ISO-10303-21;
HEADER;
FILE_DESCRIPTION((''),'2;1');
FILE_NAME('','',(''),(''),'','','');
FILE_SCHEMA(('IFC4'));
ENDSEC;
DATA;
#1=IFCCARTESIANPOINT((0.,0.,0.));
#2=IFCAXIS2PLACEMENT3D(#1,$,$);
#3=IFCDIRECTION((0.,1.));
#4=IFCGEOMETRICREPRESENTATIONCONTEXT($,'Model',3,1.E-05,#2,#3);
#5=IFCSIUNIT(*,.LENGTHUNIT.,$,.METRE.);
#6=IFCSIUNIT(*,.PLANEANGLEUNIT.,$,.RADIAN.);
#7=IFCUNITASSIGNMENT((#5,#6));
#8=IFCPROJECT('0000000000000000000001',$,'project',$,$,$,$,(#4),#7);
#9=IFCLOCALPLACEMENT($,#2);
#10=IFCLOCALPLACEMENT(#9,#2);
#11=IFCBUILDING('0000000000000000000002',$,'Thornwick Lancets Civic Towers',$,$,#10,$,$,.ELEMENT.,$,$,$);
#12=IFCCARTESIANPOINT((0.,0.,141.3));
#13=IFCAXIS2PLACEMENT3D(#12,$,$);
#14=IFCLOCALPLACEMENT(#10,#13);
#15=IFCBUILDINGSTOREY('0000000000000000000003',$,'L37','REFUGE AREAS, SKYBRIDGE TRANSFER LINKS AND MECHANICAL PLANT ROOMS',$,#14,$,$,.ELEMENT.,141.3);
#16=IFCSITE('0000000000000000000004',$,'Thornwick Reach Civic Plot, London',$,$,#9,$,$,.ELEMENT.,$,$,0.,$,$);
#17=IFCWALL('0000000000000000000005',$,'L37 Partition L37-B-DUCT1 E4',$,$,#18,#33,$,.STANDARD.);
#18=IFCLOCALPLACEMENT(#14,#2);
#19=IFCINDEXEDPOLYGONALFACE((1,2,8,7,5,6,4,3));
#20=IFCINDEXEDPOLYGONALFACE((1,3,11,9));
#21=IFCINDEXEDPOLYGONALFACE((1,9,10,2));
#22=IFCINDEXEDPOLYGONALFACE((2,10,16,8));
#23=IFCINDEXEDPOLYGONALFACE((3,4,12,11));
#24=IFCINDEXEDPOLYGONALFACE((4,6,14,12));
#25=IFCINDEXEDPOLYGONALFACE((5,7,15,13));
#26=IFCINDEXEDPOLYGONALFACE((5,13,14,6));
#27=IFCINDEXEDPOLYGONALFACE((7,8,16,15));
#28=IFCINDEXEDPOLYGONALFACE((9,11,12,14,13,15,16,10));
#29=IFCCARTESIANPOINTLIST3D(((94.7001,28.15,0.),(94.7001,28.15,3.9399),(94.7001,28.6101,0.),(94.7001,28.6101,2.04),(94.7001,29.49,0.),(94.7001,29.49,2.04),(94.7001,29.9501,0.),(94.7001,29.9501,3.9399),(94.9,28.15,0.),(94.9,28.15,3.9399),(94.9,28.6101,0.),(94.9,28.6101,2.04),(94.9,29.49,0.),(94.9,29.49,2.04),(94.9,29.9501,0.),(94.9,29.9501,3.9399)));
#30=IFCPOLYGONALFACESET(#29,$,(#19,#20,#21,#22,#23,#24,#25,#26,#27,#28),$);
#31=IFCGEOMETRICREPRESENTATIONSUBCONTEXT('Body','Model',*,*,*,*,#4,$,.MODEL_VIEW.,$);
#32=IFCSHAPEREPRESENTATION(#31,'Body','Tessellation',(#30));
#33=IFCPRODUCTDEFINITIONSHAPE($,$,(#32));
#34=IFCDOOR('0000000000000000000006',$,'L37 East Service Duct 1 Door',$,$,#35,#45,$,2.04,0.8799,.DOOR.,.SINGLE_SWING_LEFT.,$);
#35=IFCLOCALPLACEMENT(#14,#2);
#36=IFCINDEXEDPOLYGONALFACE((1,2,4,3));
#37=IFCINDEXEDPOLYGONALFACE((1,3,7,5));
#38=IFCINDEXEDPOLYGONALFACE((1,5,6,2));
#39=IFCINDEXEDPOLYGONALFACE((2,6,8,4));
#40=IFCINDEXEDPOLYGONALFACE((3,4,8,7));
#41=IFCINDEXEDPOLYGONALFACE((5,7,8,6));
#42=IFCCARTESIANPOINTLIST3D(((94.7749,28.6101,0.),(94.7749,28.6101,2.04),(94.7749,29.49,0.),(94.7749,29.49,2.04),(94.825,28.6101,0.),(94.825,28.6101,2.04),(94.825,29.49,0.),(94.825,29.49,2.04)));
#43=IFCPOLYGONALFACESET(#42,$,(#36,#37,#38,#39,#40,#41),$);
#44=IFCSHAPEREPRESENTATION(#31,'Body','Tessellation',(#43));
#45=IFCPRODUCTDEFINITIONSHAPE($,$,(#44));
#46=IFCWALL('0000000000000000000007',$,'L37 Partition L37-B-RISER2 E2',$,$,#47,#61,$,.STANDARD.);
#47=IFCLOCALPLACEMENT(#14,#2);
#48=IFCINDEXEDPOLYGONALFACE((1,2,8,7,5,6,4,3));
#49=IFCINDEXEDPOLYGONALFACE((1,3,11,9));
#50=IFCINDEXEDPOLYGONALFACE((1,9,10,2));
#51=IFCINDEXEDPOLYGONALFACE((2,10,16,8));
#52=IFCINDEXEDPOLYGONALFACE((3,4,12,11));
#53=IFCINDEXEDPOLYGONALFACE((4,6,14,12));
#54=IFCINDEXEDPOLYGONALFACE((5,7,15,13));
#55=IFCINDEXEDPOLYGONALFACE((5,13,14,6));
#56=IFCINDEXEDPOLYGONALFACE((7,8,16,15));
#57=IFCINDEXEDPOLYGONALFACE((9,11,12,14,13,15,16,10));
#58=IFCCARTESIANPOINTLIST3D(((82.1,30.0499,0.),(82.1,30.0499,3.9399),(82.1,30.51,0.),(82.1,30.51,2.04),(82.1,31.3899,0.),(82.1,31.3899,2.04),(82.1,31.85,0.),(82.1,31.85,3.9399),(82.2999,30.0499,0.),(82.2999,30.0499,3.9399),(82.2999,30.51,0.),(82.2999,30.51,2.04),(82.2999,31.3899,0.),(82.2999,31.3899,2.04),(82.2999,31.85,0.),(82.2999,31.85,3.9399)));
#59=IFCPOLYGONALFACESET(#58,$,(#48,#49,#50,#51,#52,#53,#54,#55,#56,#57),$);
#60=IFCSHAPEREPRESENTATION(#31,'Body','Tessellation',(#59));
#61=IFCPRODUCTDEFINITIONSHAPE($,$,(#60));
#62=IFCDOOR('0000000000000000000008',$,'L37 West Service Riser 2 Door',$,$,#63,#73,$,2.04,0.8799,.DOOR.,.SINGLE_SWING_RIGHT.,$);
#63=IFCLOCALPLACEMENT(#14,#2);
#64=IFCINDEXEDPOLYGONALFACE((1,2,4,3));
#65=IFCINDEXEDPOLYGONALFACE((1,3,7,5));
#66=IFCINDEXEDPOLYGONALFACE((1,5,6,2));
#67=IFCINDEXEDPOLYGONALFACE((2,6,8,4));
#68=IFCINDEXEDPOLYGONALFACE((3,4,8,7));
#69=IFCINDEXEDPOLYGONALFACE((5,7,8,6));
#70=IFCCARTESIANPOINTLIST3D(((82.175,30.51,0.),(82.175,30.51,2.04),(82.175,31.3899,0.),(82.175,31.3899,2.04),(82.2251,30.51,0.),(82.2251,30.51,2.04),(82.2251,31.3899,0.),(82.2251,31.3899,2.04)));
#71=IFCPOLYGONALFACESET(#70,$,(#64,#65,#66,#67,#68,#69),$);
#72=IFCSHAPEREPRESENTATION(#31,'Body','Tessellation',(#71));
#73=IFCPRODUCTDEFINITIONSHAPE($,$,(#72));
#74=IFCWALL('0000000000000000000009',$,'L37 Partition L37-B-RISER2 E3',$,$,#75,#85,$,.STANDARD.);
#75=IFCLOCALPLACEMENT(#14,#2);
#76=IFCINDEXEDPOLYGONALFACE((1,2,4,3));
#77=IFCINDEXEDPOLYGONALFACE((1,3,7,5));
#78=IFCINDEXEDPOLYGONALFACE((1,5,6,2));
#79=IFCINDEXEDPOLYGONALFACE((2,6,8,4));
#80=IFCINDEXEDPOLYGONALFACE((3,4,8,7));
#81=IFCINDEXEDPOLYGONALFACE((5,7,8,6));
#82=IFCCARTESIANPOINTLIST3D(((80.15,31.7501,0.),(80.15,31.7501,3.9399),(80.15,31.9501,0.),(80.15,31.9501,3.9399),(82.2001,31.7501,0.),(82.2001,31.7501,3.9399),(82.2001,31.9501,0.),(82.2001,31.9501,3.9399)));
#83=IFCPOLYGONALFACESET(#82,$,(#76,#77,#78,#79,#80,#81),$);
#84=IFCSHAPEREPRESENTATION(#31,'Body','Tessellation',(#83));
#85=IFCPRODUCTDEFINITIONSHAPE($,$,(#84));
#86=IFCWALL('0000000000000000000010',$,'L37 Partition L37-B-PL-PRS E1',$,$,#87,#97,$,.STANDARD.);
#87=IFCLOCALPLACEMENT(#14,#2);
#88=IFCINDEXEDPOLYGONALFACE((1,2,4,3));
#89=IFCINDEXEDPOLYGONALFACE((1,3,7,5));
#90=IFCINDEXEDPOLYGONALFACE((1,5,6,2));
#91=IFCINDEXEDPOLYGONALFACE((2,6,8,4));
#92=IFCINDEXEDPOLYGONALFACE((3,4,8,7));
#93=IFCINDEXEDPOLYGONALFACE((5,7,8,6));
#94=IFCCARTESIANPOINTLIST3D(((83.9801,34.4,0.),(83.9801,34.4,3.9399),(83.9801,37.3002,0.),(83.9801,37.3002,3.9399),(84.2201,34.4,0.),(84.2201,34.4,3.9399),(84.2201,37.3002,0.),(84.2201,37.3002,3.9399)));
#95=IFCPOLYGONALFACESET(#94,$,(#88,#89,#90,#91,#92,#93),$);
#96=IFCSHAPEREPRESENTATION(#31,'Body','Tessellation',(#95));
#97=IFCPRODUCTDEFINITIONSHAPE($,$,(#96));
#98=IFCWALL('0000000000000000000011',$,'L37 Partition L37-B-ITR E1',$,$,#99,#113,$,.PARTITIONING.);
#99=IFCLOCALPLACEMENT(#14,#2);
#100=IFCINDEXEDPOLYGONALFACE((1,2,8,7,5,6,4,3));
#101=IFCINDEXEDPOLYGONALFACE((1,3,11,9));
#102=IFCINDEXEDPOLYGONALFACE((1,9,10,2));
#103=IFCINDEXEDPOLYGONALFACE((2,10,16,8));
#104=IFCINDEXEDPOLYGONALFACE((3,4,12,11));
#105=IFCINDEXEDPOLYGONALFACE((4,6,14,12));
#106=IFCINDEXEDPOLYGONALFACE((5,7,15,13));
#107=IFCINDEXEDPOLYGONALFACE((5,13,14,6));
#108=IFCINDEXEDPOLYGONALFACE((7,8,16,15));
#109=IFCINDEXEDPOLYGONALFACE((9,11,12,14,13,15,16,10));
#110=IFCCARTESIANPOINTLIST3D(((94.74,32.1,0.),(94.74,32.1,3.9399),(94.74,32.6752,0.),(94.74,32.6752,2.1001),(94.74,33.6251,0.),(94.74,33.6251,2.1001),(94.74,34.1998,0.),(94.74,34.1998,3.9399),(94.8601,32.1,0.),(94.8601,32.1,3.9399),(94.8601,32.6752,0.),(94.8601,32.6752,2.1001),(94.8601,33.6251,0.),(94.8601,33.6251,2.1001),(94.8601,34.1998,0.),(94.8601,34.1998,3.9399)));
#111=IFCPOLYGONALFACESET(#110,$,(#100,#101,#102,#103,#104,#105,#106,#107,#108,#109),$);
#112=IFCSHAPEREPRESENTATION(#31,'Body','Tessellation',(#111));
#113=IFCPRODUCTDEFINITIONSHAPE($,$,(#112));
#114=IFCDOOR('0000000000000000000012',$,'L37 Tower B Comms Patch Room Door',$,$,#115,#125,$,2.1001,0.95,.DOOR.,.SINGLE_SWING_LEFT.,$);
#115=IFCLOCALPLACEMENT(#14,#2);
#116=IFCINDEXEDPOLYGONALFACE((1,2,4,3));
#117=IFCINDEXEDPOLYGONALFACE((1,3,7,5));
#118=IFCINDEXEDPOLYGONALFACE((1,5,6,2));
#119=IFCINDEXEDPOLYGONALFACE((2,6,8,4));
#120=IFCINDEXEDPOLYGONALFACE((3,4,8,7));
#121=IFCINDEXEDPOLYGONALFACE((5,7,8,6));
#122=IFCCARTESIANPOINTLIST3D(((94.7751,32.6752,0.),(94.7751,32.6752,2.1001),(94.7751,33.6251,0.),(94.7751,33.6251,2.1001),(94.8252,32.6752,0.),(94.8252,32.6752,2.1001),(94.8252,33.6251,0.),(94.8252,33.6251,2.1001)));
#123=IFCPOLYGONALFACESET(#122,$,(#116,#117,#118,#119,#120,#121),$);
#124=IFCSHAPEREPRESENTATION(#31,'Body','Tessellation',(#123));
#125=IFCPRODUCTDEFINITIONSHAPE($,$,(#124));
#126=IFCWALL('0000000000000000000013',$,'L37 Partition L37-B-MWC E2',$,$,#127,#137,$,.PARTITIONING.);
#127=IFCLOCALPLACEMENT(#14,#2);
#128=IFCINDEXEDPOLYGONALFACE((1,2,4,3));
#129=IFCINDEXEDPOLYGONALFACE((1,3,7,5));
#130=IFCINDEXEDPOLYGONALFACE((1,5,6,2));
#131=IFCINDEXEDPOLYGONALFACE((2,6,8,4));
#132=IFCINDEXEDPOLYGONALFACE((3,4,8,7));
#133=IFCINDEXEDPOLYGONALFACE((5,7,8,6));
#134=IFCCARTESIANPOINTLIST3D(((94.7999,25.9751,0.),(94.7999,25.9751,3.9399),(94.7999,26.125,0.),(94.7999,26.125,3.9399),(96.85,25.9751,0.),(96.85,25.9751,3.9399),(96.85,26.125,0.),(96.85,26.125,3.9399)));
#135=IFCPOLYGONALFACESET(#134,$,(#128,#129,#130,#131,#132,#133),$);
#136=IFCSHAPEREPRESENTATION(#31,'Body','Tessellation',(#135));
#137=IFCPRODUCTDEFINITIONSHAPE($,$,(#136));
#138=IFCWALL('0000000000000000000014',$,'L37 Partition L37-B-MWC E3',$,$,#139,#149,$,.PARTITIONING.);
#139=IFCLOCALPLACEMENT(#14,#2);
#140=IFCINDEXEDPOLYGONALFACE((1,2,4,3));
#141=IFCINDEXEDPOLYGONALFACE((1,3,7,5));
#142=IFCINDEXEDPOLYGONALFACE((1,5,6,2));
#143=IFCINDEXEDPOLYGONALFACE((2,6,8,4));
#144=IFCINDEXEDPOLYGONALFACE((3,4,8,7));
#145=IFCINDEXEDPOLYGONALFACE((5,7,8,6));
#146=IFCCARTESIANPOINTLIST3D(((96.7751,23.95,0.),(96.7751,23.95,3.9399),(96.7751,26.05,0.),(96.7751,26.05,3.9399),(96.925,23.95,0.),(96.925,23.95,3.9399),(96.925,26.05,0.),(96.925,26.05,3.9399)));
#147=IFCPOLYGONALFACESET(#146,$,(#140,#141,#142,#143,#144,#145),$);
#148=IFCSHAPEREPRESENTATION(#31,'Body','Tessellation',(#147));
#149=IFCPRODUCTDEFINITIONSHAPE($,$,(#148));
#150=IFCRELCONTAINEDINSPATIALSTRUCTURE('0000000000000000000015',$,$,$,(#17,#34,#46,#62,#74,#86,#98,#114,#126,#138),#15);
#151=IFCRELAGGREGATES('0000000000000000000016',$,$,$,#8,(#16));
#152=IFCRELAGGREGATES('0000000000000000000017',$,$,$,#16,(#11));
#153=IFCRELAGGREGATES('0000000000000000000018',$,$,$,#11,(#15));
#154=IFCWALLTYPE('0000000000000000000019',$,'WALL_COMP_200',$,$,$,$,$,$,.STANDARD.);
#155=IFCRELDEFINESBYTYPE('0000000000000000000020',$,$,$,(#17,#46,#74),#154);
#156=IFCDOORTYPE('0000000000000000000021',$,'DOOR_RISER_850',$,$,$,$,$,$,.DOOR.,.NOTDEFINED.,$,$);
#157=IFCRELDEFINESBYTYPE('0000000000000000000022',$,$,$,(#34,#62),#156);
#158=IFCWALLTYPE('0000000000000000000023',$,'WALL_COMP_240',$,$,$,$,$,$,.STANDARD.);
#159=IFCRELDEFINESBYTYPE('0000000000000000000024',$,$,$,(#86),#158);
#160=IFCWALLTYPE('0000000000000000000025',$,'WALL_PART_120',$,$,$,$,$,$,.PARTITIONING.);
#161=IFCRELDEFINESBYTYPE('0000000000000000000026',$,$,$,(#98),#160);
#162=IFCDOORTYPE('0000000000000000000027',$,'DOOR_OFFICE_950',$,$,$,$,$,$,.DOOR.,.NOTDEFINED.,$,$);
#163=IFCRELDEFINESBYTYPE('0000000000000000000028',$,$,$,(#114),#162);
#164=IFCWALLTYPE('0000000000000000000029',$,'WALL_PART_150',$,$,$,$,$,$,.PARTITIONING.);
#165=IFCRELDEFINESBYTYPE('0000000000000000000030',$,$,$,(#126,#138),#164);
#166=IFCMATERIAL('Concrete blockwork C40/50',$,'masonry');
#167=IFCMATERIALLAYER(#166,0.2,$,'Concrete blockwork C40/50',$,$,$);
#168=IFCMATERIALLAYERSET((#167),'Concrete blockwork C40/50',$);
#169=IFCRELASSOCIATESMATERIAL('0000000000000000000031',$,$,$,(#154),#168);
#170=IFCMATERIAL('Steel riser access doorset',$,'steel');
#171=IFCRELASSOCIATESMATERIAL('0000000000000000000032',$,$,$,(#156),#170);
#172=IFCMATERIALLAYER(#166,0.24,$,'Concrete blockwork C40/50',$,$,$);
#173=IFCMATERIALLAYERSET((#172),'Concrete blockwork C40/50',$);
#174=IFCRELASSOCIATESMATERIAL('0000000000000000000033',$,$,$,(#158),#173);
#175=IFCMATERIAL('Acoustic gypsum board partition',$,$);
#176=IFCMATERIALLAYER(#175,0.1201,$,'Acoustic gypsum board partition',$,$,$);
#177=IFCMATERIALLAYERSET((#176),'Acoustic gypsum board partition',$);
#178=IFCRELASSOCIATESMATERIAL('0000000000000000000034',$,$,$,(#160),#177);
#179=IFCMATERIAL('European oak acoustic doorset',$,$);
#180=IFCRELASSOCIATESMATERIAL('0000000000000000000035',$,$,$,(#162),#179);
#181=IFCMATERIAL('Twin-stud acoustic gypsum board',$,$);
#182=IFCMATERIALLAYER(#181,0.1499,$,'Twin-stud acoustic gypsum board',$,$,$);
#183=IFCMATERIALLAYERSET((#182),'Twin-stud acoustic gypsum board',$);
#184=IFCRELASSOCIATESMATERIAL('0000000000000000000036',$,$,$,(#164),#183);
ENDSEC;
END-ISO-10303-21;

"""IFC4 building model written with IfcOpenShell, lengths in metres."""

from ifc_helpers import new_model, si_unit, direction, frame, frame_2d, origin, place, context, subcontext, project, spatial, rectangle, extrude, material, layer, layer_set, type_object, element, fill, save


model = new_model("IFC4")

# Units and contexts
model_context = context("Model", 3, precision=1e-05, world=origin(), true_north=direction((0.0, 1.0)))
body_context = subcontext(model_context, "Body", "Model", "MODEL_VIEW")
ifc_project = project(units=[si_unit("LENGTHUNIT", "METRE"), si_unit("PLANEANGLEUNIT", "RADIAN")], contexts=[model_context])

# Site, building, storey
site_placement = place(None, origin())
site = spatial("IfcSite", under=ifc_project, at=site_placement, Name="Thornwick Reach Civic Plot, London", CompositionType="ELEMENT", RefElevation=0.0)
building_placement = place(site_placement, origin())
building = spatial("IfcBuilding", under=site, at=building_placement, Name="Thornwick Lancets Civic Towers", CompositionType="ELEMENT")
storey_placement = place(building_placement, frame((0.0, 0.0, 141.3)))
storey = spatial("IfcBuildingStorey", under=building, at=storey_placement, Name="L37", Description="REFUGE AREAS, SKYBRIDGE TRANSFER LINKS AND MECHANICAL PLANT ROOMS", CompositionType="ELEMENT", Elevation=141.3)

# Shared definitions
ifc_material_1 = material(Name="Concrete blockwork C40/50", Category="masonry")
ifc_layer_1 = layer(ifc_material_1, 0.2, Name="Concrete blockwork C40/50")
ifc_layer_set_1 = layer_set([ifc_layer_1], Name="Concrete blockwork C40/50")
wall_type_1 = type_object("IfcWallType", Name="WALL_COMP_200", PredefinedType="STANDARD", material=ifc_layer_set_1)

# Walls, openings, doors
wall_1_placement = place(storey_placement, frame((94.8, 29.95, 0.0), z_axis=(0.0, 0.0, 1.0), x_axis=(0.0, -1.0, 0.0)))
wall_1 = element("IfcWall", 1, at=wall_1_placement, inside=storey, type_object=wall_type_1, Name="L37 Partition L37-B-DUCT1 E4", PredefinedType="STANDARD", context=body_context, shape_type="SweptSolid", body=[
    extrude(rectangle(XDim=1.8, YDim=0.2, at=frame_2d((0.8999, 0.0))), origin(), (0.0, 0.0, 1.0), 3.9399),
])
opening_1_placement = place(wall_1_placement, frame((0.46, 0.0, 0.0)))
opening_1 = element("IfcOpeningElement", 2, at=opening_1_placement, cuts=wall_1, PredefinedType="OPENING", context=body_context, shape_type="SweptSolid", body=[
    extrude(rectangle(XDim=0.8799, YDim=2.04, at=frame_2d((0.4399, 1.02))), frame((0.0, 0.1099, 0.0), z_axis=(0.0, -1.0, 0.0), x_axis=(1.0, 0.0, 0.0)), (0.0, 0.0, 1.0), 0.22),
])
ifc_material_2 = material(Name="Steel riser access doorset", Category="steel")
door_type_1 = type_object("IfcDoorType", Name="DOOR_RISER_850", OperationType="NOTDEFINED", PredefinedType="DOOR", material=ifc_material_2)
door_1_placement = place(opening_1_placement, origin())
door_1 = element("IfcDoor", 3, at=door_1_placement, inside=storey, type_object=door_type_1, Name="L37 East Service Duct 1 Door", OperationType="SINGLE_SWING_LEFT", OverallHeight=2.04, OverallWidth=0.8799, PredefinedType="DOOR", context=body_context, shape_type="SweptSolid", body=[
    extrude(rectangle(XDim=0.8799, YDim=2.04, at=frame_2d((0.4399, 1.02))), frame((0.0, 0.0249, 0.0), z_axis=(0.0, -1.0, 0.0), x_axis=(1.0, 0.0, 0.0)), (0.0, 0.0, 1.0), 0.05),
])
fill(opening_1, door_1)
wall_2_placement = place(storey_placement, frame((82.2, 30.05, 0.0), z_axis=(0.0, 0.0, 1.0), x_axis=(0.0, 1.0, 0.0)))
wall_2 = element("IfcWall", 4, at=wall_2_placement, inside=storey, type_object=wall_type_1, Name="L37 Partition L37-B-RISER2 E2", PredefinedType="STANDARD", context=body_context, shape_type="SweptSolid", body=[
    extrude(rectangle(XDim=1.8, YDim=0.2, at=frame_2d((0.8999, 0.0))), origin(), (0.0, 0.0, 1.0), 3.9399),
])
opening_2_placement = place(wall_2_placement, frame((0.46, 0.0, 0.0)))
opening_2 = element("IfcOpeningElement", 5, at=opening_2_placement, cuts=wall_2, PredefinedType="OPENING", context=body_context, shape_type="SweptSolid", body=[
    extrude(rectangle(XDim=0.8799, YDim=2.04, at=frame_2d((0.4399, 1.02))), frame((0.0, 0.1099, 0.0), z_axis=(0.0, -1.0, 0.0), x_axis=(1.0, 0.0, 0.0)), (0.0, 0.0, 1.0), 0.22),
])
door_2_placement = place(opening_2_placement, origin())
door_2 = element("IfcDoor", 6, at=door_2_placement, inside=storey, type_object=door_type_1, Name="L37 West Service Riser 2 Door", OperationType="SINGLE_SWING_RIGHT", OverallHeight=2.04, OverallWidth=0.8799, PredefinedType="DOOR", context=body_context, shape_type="SweptSolid", body=[
    extrude(rectangle(XDim=0.8799, YDim=2.04, at=frame_2d((0.4399, 1.02))), frame((0.0, 0.0249, 0.0), z_axis=(0.0, -1.0, 0.0), x_axis=(1.0, 0.0, 0.0)), (0.0, 0.0, 1.0), 0.05),
])
fill(opening_2, door_2)

# Walls
wall_3_placement = place(storey_placement, frame((82.2, 31.8501, 0.0), z_axis=(0.0, 0.0, 1.0), x_axis=(-1.0, 0.0, 0.0)))
element("IfcWall", 7, at=wall_3_placement, inside=storey, type_object=wall_type_1, Name="L37 Partition L37-B-RISER2 E3", PredefinedType="STANDARD", context=body_context, shape_type="SweptSolid", body=[
    extrude(rectangle(XDim=2.05, YDim=0.2, at=frame_2d((1.0249, 0.0))), origin(), (0.0, 0.0, 1.0), 3.9399),
])
ifc_layer_2 = layer(ifc_material_1, 0.24, Name="Concrete blockwork C40/50")
ifc_layer_set_2 = layer_set([ifc_layer_2], Name="Concrete blockwork C40/50")
wall_type_2 = type_object("IfcWallType", Name="WALL_COMP_240", PredefinedType="STANDARD", material=ifc_layer_set_2)
wall_4_placement = place(storey_placement, frame((84.1001, 34.3999, 0.0), z_axis=(0.0, 0.0, 1.0), x_axis=(0.0, 1.0, 0.0)))
element("IfcWall", 8, at=wall_4_placement, inside=storey, type_object=wall_type_2, Name="L37 Partition L37-B-PL-PRS E1", PredefinedType="STANDARD", context=body_context, shape_type="SweptSolid", body=[
    extrude(rectangle(XDim=2.9001, YDim=0.24, at=frame_2d((1.4502, 0.0))), origin(), (0.0, 0.0, 1.0), 3.9399),
])

# Wall, opening, door
ifc_material_3 = material(Name="Acoustic gypsum board partition")
ifc_layer_3 = layer(ifc_material_3, 0.1201, Name="Acoustic gypsum board partition")
ifc_layer_set_3 = layer_set([ifc_layer_3], Name="Acoustic gypsum board partition")
wall_type_3 = type_object("IfcWallType", Name="WALL_PART_120", PredefinedType="PARTITIONING", material=ifc_layer_set_3)
wall_5_placement = place(storey_placement, frame((94.8, 32.1001, 0.0), z_axis=(0.0, 0.0, 1.0), x_axis=(0.0, 1.0, 0.0)))
wall_5 = element("IfcWall", 9, at=wall_5_placement, inside=storey, type_object=wall_type_3, Name="L37 Partition L37-B-ITR E1", PredefinedType="PARTITIONING", context=body_context, shape_type="SweptSolid", body=[
    extrude(rectangle(XDim=2.0999, YDim=0.1201, at=frame_2d((1.0498, 0.0))), origin(), (0.0, 0.0, 1.0), 3.9399),
])
opening_3_placement = place(wall_5_placement, frame((0.575, 0.0, 0.0)))
opening_3 = element("IfcOpeningElement", 10, at=opening_3_placement, cuts=wall_5, PredefinedType="OPENING", context=body_context, shape_type="SweptSolid", body=[
    extrude(rectangle(XDim=0.95, YDim=2.1001, at=frame_2d((0.4751, 1.05))), frame((0.0, 0.0701, 0.0), z_axis=(0.0, -1.0, 0.0), x_axis=(1.0, 0.0, 0.0)), (0.0, 0.0, 1.0), 0.1401),
])
ifc_material_4 = material(Name="European oak acoustic doorset")
door_type_2 = type_object("IfcDoorType", Name="DOOR_OFFICE_950", OperationType="NOTDEFINED", PredefinedType="DOOR", material=ifc_material_4)
door_3_placement = place(opening_3_placement, origin())
door_3 = element("IfcDoor", 11, at=door_3_placement, inside=storey, type_object=door_type_2, Name="L37 Tower B Comms Patch Room Door", OperationType="SINGLE_SWING_LEFT", OverallHeight=2.1001, OverallWidth=0.95, PredefinedType="DOOR", context=body_context, shape_type="SweptSolid", body=[
    extrude(rectangle(XDim=0.95, YDim=2.1001, at=frame_2d((0.4751, 1.05))), frame((0.0, 0.0249, 0.0), z_axis=(0.0, -1.0, 0.0), x_axis=(1.0, 0.0, 0.0)), (0.0, 0.0, 1.0), 0.05),
])
fill(opening_3, door_3)

# Walls
ifc_material_5 = material(Name="Twin-stud acoustic gypsum board")
ifc_layer_4 = layer(ifc_material_5, 0.1499, Name="Twin-stud acoustic gypsum board")
ifc_layer_set_4 = layer_set([ifc_layer_4], Name="Twin-stud acoustic gypsum board")
wall_type_4 = type_object("IfcWallType", Name="WALL_PART_150", PredefinedType="PARTITIONING", material=ifc_layer_set_4)
wall_6_placement = place(storey_placement, frame((94.8, 26.05, 0.0), z_axis=(0.0, 0.0, 1.0), x_axis=(1.0, 0.0, 0.0)))
element("IfcWall", 12, at=wall_6_placement, inside=storey, type_object=wall_type_4, Name="L37 Partition L37-B-MWC E2", PredefinedType="PARTITIONING", context=body_context, shape_type="SweptSolid", body=[
    extrude(rectangle(XDim=2.05, YDim=0.1499, at=frame_2d((1.0249, 0.0))), origin(), (0.0, 0.0, 1.0), 3.9399),
])
wall_7_placement = place(storey_placement, frame((96.8501, 26.05, 0.0), z_axis=(0.0, 0.0, 1.0), x_axis=(0.0, -1.0, 0.0)))
element("IfcWall", 13, at=wall_7_placement, inside=storey, type_object=wall_type_4, Name="L37 Partition L37-B-MWC E3", PredefinedType="PARTITIONING", context=body_context, shape_type="SweptSolid", body=[
    extrude(rectangle(XDim=2.1001, YDim=0.1499, at=frame_2d((1.05, 0.0))), origin(), (0.0, 0.0, 1.0), 3.9399),
])

save(model, "model.ifc")
